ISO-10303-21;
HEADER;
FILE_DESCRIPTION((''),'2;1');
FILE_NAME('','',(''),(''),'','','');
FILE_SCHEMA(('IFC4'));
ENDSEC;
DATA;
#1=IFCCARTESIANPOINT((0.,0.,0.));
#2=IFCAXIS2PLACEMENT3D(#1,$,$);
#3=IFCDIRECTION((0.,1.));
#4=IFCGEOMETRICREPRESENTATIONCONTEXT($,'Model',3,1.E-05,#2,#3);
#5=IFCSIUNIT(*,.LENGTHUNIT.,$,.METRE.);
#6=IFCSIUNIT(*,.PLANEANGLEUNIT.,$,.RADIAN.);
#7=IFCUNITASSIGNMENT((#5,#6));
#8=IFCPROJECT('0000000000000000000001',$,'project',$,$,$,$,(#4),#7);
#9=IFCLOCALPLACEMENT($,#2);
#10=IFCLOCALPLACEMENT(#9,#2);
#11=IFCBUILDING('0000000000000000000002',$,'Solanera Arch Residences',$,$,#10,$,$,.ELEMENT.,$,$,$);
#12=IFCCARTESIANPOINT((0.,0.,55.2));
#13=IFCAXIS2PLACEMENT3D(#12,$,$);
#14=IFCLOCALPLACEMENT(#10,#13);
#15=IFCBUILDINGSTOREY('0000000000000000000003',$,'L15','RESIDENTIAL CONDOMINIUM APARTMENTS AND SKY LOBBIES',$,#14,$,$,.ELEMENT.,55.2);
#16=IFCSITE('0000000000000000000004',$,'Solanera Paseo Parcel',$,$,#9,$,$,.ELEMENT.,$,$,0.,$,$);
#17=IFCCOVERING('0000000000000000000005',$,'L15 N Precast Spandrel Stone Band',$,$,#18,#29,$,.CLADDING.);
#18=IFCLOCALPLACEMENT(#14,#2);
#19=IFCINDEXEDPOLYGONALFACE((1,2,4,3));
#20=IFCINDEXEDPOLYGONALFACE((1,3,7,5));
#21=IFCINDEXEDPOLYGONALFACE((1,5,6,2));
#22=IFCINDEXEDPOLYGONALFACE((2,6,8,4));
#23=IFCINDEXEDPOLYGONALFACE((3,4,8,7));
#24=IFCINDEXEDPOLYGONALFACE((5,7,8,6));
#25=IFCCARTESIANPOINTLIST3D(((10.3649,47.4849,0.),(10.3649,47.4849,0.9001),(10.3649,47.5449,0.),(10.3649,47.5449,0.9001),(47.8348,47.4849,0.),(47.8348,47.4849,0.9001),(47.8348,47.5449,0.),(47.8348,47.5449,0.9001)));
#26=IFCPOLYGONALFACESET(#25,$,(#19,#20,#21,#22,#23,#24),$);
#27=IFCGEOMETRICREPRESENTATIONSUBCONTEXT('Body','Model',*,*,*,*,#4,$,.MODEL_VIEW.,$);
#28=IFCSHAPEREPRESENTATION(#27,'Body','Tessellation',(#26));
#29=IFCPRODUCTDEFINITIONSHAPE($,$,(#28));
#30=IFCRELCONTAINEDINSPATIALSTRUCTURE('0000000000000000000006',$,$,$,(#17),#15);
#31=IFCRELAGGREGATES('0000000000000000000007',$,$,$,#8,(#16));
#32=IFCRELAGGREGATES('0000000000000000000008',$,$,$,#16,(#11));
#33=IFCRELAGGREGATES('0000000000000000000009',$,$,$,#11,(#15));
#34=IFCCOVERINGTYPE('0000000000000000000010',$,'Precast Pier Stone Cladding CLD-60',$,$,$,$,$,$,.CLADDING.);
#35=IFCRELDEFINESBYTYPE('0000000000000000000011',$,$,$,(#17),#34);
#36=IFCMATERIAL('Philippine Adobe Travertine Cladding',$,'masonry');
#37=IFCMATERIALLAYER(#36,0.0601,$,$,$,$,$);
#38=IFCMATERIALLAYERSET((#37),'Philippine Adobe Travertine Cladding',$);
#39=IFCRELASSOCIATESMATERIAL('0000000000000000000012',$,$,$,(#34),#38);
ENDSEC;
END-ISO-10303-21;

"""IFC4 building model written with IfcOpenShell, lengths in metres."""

from ifc_helpers import new_model, si_unit, direction, frame, frame_2d, origin, place, context, subcontext, project, spatial, rectangle, extrude, material, layer, layer_set, type_object, element, save


model = new_model("IFC4")

# Units and contexts
model_context = context("Model", 3, precision=1e-05, world=origin(), true_north=direction((0.0, 1.0)))
body_context = subcontext(model_context, "Body", "Model", "MODEL_VIEW")
ifc_project = project(units=[si_unit("LENGTHUNIT", "METRE"), si_unit("PLANEANGLEUNIT", "RADIAN")], contexts=[model_context])

# Site, building, storey
site_placement = place(None, origin())
site = spatial("IfcSite", under=ifc_project, at=site_placement, Name="Solanera Paseo Parcel", CompositionType="ELEMENT", RefElevation=0.0)
building_placement = place(site_placement, origin())
building = spatial("IfcBuilding", under=site, at=building_placement, Name="Solanera Arch Residences", CompositionType="ELEMENT")
storey_placement = place(building_placement, frame((0.0, 0.0, 55.2)))
storey = spatial("IfcBuildingStorey", under=building, at=storey_placement, Name="L15", Description="RESIDENTIAL CONDOMINIUM APARTMENTS AND SKY LOBBIES", CompositionType="ELEMENT", Elevation=55.2)

# Covering
ifc_material_1 = material(Name="Philippine Adobe Travertine Cladding", Category="masonry")
ifc_layer_1 = layer(ifc_material_1, 0.0601)
ifc_layer_set_1 = layer_set([ifc_layer_1], Name="Philippine Adobe Travertine Cladding")
covering_type = type_object("IfcCoveringType", Name="Precast Pier Stone Cladding CLD-60", PredefinedType="CLADDING", material=ifc_layer_set_1)
covering_placement = place(storey_placement, frame((10.365, 47.5149, 0.0), z_axis=(0.0, 0.0, 1.0), x_axis=(1.0, 0.0, 0.0)))
element("IfcCovering", 1, at=covering_placement, inside=storey, type_object=covering_type, Name="L15 N Precast Spandrel Stone Band", PredefinedType="CLADDING", context=body_context, shape_type="SweptSolid", body=[
    extrude(rectangle(XDim=37.47, YDim=0.0601, at=frame_2d((18.7349, 0.0))), origin(), (0.0, 0.0, 1.0), 0.9001),
])

save(model, "model.ifc")
